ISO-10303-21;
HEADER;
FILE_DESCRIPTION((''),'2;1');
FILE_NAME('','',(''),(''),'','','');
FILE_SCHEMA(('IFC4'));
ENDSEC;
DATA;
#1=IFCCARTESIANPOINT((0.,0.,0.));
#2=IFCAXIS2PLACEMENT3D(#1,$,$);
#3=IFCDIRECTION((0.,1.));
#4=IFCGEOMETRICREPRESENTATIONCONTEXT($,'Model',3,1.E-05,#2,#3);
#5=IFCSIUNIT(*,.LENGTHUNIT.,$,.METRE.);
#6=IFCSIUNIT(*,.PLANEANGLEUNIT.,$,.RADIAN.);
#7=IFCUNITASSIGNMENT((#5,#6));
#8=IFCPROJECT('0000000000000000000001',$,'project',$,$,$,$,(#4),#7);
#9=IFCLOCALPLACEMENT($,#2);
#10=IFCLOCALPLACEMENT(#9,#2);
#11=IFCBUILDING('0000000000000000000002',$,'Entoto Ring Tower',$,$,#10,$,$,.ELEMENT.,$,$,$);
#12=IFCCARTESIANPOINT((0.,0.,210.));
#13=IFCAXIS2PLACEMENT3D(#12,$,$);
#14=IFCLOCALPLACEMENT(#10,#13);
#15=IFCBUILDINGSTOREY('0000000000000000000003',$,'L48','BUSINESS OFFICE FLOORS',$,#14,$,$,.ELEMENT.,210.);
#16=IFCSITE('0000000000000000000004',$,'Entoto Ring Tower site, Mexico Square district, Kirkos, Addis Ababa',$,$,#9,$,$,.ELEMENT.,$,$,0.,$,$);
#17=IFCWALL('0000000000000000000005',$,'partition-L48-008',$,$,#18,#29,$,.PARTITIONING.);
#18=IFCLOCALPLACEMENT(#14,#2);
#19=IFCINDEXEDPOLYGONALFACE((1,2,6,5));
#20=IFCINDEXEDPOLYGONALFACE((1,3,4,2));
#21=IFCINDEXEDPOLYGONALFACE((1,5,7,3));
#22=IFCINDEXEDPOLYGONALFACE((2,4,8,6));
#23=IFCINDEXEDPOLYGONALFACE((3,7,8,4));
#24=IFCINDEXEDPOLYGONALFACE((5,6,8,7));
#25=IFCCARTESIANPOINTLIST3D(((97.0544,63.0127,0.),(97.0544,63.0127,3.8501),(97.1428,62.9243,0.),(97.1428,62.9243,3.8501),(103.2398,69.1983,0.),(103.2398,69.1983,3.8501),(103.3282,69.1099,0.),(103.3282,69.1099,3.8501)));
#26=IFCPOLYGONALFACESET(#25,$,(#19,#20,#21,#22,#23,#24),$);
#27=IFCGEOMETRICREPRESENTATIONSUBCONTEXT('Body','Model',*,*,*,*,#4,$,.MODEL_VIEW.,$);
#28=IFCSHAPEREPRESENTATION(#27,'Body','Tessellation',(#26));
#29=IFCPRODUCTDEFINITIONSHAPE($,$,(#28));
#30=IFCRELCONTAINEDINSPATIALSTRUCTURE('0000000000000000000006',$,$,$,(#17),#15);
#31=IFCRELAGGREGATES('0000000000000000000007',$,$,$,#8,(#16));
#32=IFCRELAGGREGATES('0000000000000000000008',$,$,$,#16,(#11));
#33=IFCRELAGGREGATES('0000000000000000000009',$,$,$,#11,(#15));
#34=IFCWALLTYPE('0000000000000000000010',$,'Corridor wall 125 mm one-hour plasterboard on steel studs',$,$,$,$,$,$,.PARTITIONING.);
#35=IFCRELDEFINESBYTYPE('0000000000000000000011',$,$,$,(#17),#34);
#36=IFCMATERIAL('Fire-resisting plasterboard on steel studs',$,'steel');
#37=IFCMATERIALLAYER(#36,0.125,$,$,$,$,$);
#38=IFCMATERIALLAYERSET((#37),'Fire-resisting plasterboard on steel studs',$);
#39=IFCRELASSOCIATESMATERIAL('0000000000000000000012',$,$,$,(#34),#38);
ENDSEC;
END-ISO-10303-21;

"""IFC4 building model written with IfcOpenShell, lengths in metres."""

from ifc_helpers import new_model, si_unit, direction, frame, frame_2d, origin, place, context, subcontext, project, spatial, rectangle, extrude, material, layer, layer_set, type_object, element, save


model = new_model("IFC4")

# Units and contexts
model_context = context("Model", 3, precision=1e-05, world=origin(), true_north=direction((0.0, 1.0)))
body_context = subcontext(model_context, "Body", "Model", "MODEL_VIEW")
ifc_project = project(units=[si_unit("LENGTHUNIT", "METRE"), si_unit("PLANEANGLEUNIT", "RADIAN")], contexts=[model_context])

# Site, building, storey
site_placement = place(None, origin())
site = spatial("IfcSite", under=ifc_project, at=site_placement, Name="Entoto Ring Tower site, Mexico Square district, Kirkos, Addis Ababa", CompositionType="ELEMENT", RefElevation=0.0)
building_placement = place(site_placement, origin())
building = spatial("IfcBuilding", under=site, at=building_placement, Name="Entoto Ring Tower", CompositionType="ELEMENT")
storey_placement = place(building_placement, frame((0.0, 0.0, 210.0)))
storey = spatial("IfcBuildingStorey", under=building, at=storey_placement, Name="L48", Description="BUSINESS OFFICE FLOORS", CompositionType="ELEMENT", Elevation=210.0)

# Wall
ifc_material_1 = material(Name="Fire-resisting plasterboard on steel studs", Category="steel")
ifc_layer_1 = layer(ifc_material_1, 0.125)
ifc_layer_set_1 = layer_set([ifc_layer_1], Name="Fire-resisting plasterboard on steel studs")
wall_type_1 = type_object("IfcWallType", Name="Corridor wall 125 mm one-hour plasterboard on steel studs", PredefinedType="PARTITIONING", material=ifc_layer_set_1)
wall_1_placement = place(storey_placement, frame((97.0986, 62.9685, 0.0), z_axis=(0.0, 0.0, 1.0), x_axis=(0.707093, 0.707121, 0.0)))
element("IfcWall", 1, at=wall_1_placement, inside=storey, type_object=wall_type_1, Name="partition-L48-008", PredefinedType="PARTITIONING", context=body_context, shape_type="SweptSolid", body=[
    extrude(rectangle(XDim=8.7476, YDim=0.125, at=frame_2d((4.3738, 0.0))), origin(), (0.0, 0.0, 1.0), 3.8501),
])

save(model, "model.ifc")
